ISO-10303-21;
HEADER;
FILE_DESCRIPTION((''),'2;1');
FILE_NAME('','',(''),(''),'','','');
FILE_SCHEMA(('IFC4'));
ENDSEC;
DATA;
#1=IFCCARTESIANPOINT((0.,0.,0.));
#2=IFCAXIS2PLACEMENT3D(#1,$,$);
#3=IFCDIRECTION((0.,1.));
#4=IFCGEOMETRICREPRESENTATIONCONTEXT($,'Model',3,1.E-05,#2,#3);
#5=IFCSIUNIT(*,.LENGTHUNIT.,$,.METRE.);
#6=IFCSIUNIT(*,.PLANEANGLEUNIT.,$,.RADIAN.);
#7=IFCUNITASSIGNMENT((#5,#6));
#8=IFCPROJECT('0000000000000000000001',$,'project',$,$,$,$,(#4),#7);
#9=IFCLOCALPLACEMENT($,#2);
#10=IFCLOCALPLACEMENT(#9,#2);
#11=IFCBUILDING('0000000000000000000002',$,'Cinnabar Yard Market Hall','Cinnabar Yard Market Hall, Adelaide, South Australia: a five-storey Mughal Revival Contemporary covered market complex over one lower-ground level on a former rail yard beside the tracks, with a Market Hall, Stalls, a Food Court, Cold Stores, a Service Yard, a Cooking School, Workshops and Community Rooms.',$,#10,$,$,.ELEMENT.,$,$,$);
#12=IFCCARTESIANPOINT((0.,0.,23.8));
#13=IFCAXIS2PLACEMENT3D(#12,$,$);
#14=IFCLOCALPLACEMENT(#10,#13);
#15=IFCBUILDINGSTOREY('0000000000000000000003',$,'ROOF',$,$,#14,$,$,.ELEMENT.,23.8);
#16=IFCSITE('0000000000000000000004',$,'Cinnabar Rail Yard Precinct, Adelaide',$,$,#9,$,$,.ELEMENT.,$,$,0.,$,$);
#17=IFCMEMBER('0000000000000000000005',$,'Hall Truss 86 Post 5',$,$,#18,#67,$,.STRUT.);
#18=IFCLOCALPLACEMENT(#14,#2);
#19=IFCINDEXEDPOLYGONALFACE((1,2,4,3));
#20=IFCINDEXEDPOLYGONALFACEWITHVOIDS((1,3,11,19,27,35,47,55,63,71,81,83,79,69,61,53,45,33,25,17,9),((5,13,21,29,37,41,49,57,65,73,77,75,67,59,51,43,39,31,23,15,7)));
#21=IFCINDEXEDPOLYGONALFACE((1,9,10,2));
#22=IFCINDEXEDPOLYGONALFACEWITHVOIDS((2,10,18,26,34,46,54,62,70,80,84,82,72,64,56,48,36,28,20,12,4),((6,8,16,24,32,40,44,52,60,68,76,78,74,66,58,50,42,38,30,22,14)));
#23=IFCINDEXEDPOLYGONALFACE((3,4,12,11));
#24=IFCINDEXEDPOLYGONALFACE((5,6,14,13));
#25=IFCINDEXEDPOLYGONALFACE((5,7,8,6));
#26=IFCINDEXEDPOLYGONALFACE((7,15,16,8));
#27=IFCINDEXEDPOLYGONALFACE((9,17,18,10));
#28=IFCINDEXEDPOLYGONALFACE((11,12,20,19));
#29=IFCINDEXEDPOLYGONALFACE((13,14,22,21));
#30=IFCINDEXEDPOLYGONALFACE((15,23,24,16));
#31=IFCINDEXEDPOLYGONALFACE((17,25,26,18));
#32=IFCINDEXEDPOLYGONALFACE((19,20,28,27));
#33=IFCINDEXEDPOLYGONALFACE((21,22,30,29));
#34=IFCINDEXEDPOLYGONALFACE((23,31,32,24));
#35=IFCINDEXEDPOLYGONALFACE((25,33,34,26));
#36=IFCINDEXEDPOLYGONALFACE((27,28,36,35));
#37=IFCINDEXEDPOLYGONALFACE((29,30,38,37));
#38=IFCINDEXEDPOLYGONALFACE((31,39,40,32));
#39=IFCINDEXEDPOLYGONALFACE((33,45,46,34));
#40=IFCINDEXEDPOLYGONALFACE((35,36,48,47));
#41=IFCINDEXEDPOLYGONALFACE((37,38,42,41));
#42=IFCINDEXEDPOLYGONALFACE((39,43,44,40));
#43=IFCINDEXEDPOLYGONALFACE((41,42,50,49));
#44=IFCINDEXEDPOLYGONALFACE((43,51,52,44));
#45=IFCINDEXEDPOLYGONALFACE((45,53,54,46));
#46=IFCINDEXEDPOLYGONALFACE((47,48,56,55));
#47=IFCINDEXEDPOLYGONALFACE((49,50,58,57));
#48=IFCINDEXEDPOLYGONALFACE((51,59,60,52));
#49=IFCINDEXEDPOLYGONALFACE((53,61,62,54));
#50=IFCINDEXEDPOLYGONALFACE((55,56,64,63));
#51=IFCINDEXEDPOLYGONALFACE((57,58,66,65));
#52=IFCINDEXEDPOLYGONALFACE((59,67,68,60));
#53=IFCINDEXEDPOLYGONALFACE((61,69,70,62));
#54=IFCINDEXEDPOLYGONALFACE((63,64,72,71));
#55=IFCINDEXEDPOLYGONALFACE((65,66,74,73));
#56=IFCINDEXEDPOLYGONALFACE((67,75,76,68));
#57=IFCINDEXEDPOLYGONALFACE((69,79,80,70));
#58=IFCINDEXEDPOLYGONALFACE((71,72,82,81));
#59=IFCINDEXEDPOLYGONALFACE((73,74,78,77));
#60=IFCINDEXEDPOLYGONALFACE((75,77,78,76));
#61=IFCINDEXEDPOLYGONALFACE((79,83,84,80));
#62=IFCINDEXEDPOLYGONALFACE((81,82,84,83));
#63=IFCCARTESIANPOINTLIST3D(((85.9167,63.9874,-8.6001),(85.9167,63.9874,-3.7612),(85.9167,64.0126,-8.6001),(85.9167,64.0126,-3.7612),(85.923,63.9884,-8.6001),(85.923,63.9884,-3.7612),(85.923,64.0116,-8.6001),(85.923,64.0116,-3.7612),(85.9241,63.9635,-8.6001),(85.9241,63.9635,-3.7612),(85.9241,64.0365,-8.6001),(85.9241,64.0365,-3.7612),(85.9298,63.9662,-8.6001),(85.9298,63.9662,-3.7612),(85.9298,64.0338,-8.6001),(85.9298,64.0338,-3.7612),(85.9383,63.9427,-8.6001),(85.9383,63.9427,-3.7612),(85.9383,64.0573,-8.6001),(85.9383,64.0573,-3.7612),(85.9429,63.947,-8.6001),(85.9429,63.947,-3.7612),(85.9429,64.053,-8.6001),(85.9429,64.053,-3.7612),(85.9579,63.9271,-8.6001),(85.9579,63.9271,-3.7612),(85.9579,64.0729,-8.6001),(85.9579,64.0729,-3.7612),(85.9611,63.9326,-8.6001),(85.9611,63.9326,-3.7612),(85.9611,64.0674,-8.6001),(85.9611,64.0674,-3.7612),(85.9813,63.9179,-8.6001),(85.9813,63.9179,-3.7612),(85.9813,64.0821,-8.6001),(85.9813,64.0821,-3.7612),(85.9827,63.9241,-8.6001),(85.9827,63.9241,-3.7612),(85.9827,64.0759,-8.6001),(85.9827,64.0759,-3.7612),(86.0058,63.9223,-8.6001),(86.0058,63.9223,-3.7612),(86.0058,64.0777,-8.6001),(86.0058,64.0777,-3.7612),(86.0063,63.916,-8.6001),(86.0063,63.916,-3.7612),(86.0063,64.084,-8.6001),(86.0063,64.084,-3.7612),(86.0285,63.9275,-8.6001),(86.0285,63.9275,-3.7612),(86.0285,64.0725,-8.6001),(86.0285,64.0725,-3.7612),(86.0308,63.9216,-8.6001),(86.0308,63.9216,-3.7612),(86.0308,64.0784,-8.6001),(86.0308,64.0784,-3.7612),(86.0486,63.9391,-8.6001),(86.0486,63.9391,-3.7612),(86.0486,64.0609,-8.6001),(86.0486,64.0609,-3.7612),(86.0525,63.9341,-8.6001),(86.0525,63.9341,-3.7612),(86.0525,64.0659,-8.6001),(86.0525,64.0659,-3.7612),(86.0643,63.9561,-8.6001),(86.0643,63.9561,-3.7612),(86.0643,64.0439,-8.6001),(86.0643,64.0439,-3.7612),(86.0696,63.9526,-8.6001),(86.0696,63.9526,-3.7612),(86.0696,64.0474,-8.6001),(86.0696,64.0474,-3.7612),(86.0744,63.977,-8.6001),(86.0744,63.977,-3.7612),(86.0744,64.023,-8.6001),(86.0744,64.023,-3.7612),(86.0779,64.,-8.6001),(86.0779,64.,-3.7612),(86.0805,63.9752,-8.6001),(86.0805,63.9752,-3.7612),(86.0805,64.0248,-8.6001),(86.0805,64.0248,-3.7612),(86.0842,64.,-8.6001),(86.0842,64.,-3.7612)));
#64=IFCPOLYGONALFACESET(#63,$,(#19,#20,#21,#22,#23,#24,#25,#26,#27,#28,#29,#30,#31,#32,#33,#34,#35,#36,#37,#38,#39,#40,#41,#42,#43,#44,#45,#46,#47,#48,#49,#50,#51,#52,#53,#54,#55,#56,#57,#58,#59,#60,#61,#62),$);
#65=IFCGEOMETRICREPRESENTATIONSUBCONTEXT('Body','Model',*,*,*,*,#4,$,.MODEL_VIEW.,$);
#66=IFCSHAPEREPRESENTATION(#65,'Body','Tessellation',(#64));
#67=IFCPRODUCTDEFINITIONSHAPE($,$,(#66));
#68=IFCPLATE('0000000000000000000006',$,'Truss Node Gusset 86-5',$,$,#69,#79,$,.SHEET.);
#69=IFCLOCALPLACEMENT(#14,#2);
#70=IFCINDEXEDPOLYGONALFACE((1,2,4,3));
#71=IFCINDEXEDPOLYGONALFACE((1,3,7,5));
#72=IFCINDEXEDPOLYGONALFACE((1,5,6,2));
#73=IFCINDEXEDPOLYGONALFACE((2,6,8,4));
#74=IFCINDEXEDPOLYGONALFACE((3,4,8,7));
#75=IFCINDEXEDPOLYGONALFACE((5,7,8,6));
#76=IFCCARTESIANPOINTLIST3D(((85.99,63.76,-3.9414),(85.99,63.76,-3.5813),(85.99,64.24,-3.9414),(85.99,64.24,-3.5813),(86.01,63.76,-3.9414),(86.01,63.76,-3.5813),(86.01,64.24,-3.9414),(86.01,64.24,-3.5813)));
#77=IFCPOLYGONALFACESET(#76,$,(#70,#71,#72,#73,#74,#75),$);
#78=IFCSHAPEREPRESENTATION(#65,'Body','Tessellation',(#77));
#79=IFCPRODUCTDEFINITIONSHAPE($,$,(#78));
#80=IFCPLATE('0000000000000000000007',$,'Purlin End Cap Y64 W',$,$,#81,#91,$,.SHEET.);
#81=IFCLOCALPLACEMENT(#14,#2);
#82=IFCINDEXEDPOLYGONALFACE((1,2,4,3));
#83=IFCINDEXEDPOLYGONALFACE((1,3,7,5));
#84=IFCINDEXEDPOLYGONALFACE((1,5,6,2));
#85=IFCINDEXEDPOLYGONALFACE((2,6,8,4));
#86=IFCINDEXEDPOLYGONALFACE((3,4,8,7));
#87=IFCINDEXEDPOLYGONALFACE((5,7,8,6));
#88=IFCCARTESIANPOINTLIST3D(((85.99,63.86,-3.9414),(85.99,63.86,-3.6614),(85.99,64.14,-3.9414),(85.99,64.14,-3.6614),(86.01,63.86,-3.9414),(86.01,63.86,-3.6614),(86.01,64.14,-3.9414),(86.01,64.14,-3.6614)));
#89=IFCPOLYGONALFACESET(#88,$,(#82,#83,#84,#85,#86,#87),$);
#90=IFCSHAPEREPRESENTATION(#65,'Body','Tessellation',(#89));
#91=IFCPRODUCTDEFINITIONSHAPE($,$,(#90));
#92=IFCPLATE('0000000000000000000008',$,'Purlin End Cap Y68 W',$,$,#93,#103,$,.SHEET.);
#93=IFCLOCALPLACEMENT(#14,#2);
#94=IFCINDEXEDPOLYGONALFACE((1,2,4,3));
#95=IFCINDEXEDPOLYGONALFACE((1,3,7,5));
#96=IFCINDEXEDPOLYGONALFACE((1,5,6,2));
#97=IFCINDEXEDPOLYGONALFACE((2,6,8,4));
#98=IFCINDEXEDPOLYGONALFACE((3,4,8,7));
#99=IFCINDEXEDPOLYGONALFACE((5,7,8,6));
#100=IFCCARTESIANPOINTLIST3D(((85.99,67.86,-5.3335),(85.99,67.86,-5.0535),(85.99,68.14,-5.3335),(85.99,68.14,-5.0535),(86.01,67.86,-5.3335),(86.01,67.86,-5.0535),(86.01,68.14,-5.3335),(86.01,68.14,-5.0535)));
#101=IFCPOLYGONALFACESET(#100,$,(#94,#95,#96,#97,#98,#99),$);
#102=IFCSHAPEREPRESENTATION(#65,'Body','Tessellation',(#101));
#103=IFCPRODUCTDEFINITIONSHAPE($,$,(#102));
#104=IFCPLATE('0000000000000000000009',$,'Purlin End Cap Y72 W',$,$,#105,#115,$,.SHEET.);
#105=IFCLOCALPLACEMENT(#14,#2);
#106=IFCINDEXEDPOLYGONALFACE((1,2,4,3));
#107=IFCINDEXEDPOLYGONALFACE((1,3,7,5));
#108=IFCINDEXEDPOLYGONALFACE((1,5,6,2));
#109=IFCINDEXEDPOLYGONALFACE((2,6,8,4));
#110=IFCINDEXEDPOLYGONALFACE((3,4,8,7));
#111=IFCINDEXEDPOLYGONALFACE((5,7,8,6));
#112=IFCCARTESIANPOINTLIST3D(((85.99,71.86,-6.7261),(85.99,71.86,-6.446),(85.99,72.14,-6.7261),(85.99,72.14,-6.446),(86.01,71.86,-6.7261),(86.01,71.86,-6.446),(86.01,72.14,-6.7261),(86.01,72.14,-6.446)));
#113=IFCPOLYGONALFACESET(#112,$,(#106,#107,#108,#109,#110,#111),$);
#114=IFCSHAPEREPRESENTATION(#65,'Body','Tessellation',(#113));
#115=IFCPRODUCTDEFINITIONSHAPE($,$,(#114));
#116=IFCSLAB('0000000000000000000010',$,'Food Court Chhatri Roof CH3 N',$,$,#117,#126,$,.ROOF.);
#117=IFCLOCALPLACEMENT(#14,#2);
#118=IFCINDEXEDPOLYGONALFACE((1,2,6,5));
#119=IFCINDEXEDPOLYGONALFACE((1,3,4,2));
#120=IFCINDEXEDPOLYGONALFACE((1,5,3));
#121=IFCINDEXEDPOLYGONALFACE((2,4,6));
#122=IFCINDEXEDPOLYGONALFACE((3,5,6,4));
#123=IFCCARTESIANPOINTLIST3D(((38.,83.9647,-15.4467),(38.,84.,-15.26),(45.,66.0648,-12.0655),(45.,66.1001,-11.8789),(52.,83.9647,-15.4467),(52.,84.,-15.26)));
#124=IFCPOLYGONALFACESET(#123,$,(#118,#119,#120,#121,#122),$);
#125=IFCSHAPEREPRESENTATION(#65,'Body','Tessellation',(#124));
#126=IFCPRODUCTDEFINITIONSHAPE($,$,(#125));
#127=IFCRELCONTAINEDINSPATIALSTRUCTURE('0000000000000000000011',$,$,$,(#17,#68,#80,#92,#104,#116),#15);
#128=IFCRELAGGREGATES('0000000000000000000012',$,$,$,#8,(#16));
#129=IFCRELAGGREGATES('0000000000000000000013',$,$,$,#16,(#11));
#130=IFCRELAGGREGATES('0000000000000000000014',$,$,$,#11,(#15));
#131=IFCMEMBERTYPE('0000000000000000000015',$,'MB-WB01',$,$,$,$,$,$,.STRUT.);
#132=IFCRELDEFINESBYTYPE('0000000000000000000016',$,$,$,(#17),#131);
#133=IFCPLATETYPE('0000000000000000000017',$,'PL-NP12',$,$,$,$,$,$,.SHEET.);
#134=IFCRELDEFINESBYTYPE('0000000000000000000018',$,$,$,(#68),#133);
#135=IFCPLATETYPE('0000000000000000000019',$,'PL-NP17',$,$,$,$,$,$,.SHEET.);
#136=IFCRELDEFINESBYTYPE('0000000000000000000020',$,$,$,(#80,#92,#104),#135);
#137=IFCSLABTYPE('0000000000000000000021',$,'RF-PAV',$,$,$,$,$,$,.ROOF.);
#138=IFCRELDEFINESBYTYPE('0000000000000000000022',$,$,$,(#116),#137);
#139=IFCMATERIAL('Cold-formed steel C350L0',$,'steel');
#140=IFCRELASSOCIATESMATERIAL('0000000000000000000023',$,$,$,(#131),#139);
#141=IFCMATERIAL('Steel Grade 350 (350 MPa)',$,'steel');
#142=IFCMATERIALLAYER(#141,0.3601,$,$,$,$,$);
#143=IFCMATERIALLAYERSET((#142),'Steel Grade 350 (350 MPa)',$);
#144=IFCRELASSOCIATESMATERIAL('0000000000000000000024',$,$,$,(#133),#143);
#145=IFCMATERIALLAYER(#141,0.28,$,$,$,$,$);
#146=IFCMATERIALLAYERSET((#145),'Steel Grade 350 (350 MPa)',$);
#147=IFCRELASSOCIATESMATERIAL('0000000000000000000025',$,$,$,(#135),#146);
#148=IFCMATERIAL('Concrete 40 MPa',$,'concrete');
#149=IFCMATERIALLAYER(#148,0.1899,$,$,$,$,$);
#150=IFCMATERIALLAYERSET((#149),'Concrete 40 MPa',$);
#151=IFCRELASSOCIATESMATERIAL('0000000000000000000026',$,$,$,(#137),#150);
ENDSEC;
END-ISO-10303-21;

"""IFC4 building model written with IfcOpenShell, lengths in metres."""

from ifc_helpers import new_model, si_unit, direction, frame, origin, origin_2d_with_axis, place, context, subcontext, project, spatial, polyline, rectangle, hollow_circle, outline, extrude, material, layer, layer_set, material_profile, profile_set, type_object, element, save


model = new_model("IFC4")

# Units and contexts
model_context = context("Model", 3, precision=1e-05, world=origin(), true_north=direction((0.0, 1.0)))
body_context = subcontext(model_context, "Body", "Model", "MODEL_VIEW")
ifc_project = project(units=[si_unit("LENGTHUNIT", "METRE"), si_unit("PLANEANGLEUNIT", "RADIAN")], contexts=[model_context])

# Site, building, storey
site_placement = place(None, origin())
site = spatial("IfcSite", under=ifc_project, at=site_placement, Name="Cinnabar Rail Yard Precinct, Adelaide", CompositionType="ELEMENT", RefElevation=0.0)
building_placement = place(site_placement, origin())
building = spatial("IfcBuilding", under=site, at=building_placement, Name="Cinnabar Yard Market Hall", Description="Cinnabar Yard Market Hall, Adelaide, South Australia: a five-storey Mughal Revival Contemporary covered market complex over one lower-ground level on a former rail yard beside the tracks, with a Market Hall, Stalls, a Food Court, Cold Stores, a Service Yard, a Cooking School, Workshops and Community Rooms.", CompositionType="ELEMENT")
storey_placement = place(building_placement, frame((0.0, 0.0, 23.8)))
storey = spatial("IfcBuildingStorey", under=building, at=storey_placement, Name="ROOF", CompositionType="ELEMENT", Elevation=23.8)

# Shared definitions
ifc_material_1 = material(Name="Steel Grade 350 (350 MPa)", Category="steel")
ifc_material_2 = material(Name="Cold-formed steel C350L0", Category="steel")

# Member
ifc_material_profile_1 = material_profile(ifc_material_2, hollow_circle(Radius=0.0842, WallThickness=0.0063, at=origin_2d_with_axis()), Name="168.3x6.4CHS")
ifc_profile_set_1 = profile_set([ifc_material_profile_1], Name="Cold-formed steel C350L0")
member_type_1 = type_object("IfcMemberType", Name="MB-WB01", PredefinedType="STRUT", material=ifc_profile_set_1)
member_1_placement = place(storey_placement, frame((86.0, 64.0, -8.6001), z_axis=(0.0, 0.0, 1.0), x_axis=(1.0, 0.0, 0.0)))
element("IfcMember", 1, at=member_1_placement, inside=storey, type_object=member_type_1, Name="Hall Truss 86 Post 5", PredefinedType="STRUT", context=body_context, shape_type="SweptSolid", body=[
    extrude(hollow_circle(Radius=0.0842, WallThickness=0.0063, at=origin_2d_with_axis()), origin(), (0.0, 0.0, 1.0), 4.8389),
])

# Plates
ifc_layer_1 = layer(ifc_material_1, 0.3601)
ifc_layer_set_1 = layer_set([ifc_layer_1], Name="Steel Grade 350 (350 MPa)")
plate_type_1 = type_object("IfcPlateType", Name="PL-NP12", PredefinedType="SHEET", material=ifc_layer_set_1)
plate_placement = place(storey_placement, frame((86.0, 64.0, -3.9414), z_axis=(0.0, 0.0, 1.0), x_axis=(1.0, 0.0, 0.0)))
element("IfcPlate", 2, at=plate_placement, inside=storey, type_object=plate_type_1, Name="Truss Node Gusset 86-5", PredefinedType="SHEET", context=body_context, shape_type="SweptSolid", body=[
    extrude(rectangle(XDim=0.02, YDim=0.48, at=origin_2d_with_axis()), origin(), (0.0, 0.0, 1.0), 0.3601),
])
ifc_layer_2 = layer(ifc_material_1, 0.28)
ifc_layer_set_2 = layer_set([ifc_layer_2], Name="Steel Grade 350 (350 MPa)")
plate_type_2 = type_object("IfcPlateType", Name="PL-NP17", PredefinedType="SHEET", material=ifc_layer_set_2)
for number, where, z_axis, x_axis, name in (
    (3, (86.0, 64.0, -3.9414), (0.0, 0.0, 1.0), (1.0, 0.0, 0.0), "Purlin End Cap Y64 W"),
    (4, (86.0, 68.0, -5.3335), (0.0, 0.0, 1.0), (1.0, 0.0, 0.0), "Purlin End Cap Y68 W"),
    (5, (86.0, 72.0, -6.7261), (0.0, 0.0, 1.0), (1.0, 0.0, 0.0), "Purlin End Cap Y72 W"),
):
    element("IfcPlate", number, at=place(storey_placement, frame(where, z_axis=z_axis, x_axis=x_axis)), inside=storey, type_object=plate_type_2, Name=name, PredefinedType="SHEET", context=body_context, shape_type="SweptSolid", body=[
        extrude(rectangle(XDim=0.02, YDim=0.28, at=origin_2d_with_axis()), origin(), (0.0, 0.0, 1.0), 0.28),
    ])

# Slab
ifc_material_3 = material(Name="Concrete 40 MPa", Category="concrete")
ifc_layer_3 = layer(ifc_material_3, 0.1899)
ifc_layer_set_3 = layer_set([ifc_layer_3], Name="Concrete 40 MPa")
slab_type = type_object("IfcSlabType", Name="RF-PAV", PredefinedType="ROOF", material=ifc_layer_set_3)
slab_placement = place(storey_placement, frame((52.0, 84.0, -15.26), z_axis=(0.0, 0.185607, 0.982624), x_axis=(-1.0, 0.0, 0.0)))
element("IfcSlab", 6, at=slab_placement, inside=storey, type_object=slab_type, Name="Food Court Chhatri Roof CH3 N", PredefinedType="ROOF", context=body_context, shape_type="SweptSolid", body=[
    extrude(outline(polyline([(0.0, 0.0), (14.0, 0.0), (7.0, 18.2164), (0.0, 0.0)])), origin(), (0.0, 0.0, -1.0), 0.1899),
])

save(model, "model.ifc")
